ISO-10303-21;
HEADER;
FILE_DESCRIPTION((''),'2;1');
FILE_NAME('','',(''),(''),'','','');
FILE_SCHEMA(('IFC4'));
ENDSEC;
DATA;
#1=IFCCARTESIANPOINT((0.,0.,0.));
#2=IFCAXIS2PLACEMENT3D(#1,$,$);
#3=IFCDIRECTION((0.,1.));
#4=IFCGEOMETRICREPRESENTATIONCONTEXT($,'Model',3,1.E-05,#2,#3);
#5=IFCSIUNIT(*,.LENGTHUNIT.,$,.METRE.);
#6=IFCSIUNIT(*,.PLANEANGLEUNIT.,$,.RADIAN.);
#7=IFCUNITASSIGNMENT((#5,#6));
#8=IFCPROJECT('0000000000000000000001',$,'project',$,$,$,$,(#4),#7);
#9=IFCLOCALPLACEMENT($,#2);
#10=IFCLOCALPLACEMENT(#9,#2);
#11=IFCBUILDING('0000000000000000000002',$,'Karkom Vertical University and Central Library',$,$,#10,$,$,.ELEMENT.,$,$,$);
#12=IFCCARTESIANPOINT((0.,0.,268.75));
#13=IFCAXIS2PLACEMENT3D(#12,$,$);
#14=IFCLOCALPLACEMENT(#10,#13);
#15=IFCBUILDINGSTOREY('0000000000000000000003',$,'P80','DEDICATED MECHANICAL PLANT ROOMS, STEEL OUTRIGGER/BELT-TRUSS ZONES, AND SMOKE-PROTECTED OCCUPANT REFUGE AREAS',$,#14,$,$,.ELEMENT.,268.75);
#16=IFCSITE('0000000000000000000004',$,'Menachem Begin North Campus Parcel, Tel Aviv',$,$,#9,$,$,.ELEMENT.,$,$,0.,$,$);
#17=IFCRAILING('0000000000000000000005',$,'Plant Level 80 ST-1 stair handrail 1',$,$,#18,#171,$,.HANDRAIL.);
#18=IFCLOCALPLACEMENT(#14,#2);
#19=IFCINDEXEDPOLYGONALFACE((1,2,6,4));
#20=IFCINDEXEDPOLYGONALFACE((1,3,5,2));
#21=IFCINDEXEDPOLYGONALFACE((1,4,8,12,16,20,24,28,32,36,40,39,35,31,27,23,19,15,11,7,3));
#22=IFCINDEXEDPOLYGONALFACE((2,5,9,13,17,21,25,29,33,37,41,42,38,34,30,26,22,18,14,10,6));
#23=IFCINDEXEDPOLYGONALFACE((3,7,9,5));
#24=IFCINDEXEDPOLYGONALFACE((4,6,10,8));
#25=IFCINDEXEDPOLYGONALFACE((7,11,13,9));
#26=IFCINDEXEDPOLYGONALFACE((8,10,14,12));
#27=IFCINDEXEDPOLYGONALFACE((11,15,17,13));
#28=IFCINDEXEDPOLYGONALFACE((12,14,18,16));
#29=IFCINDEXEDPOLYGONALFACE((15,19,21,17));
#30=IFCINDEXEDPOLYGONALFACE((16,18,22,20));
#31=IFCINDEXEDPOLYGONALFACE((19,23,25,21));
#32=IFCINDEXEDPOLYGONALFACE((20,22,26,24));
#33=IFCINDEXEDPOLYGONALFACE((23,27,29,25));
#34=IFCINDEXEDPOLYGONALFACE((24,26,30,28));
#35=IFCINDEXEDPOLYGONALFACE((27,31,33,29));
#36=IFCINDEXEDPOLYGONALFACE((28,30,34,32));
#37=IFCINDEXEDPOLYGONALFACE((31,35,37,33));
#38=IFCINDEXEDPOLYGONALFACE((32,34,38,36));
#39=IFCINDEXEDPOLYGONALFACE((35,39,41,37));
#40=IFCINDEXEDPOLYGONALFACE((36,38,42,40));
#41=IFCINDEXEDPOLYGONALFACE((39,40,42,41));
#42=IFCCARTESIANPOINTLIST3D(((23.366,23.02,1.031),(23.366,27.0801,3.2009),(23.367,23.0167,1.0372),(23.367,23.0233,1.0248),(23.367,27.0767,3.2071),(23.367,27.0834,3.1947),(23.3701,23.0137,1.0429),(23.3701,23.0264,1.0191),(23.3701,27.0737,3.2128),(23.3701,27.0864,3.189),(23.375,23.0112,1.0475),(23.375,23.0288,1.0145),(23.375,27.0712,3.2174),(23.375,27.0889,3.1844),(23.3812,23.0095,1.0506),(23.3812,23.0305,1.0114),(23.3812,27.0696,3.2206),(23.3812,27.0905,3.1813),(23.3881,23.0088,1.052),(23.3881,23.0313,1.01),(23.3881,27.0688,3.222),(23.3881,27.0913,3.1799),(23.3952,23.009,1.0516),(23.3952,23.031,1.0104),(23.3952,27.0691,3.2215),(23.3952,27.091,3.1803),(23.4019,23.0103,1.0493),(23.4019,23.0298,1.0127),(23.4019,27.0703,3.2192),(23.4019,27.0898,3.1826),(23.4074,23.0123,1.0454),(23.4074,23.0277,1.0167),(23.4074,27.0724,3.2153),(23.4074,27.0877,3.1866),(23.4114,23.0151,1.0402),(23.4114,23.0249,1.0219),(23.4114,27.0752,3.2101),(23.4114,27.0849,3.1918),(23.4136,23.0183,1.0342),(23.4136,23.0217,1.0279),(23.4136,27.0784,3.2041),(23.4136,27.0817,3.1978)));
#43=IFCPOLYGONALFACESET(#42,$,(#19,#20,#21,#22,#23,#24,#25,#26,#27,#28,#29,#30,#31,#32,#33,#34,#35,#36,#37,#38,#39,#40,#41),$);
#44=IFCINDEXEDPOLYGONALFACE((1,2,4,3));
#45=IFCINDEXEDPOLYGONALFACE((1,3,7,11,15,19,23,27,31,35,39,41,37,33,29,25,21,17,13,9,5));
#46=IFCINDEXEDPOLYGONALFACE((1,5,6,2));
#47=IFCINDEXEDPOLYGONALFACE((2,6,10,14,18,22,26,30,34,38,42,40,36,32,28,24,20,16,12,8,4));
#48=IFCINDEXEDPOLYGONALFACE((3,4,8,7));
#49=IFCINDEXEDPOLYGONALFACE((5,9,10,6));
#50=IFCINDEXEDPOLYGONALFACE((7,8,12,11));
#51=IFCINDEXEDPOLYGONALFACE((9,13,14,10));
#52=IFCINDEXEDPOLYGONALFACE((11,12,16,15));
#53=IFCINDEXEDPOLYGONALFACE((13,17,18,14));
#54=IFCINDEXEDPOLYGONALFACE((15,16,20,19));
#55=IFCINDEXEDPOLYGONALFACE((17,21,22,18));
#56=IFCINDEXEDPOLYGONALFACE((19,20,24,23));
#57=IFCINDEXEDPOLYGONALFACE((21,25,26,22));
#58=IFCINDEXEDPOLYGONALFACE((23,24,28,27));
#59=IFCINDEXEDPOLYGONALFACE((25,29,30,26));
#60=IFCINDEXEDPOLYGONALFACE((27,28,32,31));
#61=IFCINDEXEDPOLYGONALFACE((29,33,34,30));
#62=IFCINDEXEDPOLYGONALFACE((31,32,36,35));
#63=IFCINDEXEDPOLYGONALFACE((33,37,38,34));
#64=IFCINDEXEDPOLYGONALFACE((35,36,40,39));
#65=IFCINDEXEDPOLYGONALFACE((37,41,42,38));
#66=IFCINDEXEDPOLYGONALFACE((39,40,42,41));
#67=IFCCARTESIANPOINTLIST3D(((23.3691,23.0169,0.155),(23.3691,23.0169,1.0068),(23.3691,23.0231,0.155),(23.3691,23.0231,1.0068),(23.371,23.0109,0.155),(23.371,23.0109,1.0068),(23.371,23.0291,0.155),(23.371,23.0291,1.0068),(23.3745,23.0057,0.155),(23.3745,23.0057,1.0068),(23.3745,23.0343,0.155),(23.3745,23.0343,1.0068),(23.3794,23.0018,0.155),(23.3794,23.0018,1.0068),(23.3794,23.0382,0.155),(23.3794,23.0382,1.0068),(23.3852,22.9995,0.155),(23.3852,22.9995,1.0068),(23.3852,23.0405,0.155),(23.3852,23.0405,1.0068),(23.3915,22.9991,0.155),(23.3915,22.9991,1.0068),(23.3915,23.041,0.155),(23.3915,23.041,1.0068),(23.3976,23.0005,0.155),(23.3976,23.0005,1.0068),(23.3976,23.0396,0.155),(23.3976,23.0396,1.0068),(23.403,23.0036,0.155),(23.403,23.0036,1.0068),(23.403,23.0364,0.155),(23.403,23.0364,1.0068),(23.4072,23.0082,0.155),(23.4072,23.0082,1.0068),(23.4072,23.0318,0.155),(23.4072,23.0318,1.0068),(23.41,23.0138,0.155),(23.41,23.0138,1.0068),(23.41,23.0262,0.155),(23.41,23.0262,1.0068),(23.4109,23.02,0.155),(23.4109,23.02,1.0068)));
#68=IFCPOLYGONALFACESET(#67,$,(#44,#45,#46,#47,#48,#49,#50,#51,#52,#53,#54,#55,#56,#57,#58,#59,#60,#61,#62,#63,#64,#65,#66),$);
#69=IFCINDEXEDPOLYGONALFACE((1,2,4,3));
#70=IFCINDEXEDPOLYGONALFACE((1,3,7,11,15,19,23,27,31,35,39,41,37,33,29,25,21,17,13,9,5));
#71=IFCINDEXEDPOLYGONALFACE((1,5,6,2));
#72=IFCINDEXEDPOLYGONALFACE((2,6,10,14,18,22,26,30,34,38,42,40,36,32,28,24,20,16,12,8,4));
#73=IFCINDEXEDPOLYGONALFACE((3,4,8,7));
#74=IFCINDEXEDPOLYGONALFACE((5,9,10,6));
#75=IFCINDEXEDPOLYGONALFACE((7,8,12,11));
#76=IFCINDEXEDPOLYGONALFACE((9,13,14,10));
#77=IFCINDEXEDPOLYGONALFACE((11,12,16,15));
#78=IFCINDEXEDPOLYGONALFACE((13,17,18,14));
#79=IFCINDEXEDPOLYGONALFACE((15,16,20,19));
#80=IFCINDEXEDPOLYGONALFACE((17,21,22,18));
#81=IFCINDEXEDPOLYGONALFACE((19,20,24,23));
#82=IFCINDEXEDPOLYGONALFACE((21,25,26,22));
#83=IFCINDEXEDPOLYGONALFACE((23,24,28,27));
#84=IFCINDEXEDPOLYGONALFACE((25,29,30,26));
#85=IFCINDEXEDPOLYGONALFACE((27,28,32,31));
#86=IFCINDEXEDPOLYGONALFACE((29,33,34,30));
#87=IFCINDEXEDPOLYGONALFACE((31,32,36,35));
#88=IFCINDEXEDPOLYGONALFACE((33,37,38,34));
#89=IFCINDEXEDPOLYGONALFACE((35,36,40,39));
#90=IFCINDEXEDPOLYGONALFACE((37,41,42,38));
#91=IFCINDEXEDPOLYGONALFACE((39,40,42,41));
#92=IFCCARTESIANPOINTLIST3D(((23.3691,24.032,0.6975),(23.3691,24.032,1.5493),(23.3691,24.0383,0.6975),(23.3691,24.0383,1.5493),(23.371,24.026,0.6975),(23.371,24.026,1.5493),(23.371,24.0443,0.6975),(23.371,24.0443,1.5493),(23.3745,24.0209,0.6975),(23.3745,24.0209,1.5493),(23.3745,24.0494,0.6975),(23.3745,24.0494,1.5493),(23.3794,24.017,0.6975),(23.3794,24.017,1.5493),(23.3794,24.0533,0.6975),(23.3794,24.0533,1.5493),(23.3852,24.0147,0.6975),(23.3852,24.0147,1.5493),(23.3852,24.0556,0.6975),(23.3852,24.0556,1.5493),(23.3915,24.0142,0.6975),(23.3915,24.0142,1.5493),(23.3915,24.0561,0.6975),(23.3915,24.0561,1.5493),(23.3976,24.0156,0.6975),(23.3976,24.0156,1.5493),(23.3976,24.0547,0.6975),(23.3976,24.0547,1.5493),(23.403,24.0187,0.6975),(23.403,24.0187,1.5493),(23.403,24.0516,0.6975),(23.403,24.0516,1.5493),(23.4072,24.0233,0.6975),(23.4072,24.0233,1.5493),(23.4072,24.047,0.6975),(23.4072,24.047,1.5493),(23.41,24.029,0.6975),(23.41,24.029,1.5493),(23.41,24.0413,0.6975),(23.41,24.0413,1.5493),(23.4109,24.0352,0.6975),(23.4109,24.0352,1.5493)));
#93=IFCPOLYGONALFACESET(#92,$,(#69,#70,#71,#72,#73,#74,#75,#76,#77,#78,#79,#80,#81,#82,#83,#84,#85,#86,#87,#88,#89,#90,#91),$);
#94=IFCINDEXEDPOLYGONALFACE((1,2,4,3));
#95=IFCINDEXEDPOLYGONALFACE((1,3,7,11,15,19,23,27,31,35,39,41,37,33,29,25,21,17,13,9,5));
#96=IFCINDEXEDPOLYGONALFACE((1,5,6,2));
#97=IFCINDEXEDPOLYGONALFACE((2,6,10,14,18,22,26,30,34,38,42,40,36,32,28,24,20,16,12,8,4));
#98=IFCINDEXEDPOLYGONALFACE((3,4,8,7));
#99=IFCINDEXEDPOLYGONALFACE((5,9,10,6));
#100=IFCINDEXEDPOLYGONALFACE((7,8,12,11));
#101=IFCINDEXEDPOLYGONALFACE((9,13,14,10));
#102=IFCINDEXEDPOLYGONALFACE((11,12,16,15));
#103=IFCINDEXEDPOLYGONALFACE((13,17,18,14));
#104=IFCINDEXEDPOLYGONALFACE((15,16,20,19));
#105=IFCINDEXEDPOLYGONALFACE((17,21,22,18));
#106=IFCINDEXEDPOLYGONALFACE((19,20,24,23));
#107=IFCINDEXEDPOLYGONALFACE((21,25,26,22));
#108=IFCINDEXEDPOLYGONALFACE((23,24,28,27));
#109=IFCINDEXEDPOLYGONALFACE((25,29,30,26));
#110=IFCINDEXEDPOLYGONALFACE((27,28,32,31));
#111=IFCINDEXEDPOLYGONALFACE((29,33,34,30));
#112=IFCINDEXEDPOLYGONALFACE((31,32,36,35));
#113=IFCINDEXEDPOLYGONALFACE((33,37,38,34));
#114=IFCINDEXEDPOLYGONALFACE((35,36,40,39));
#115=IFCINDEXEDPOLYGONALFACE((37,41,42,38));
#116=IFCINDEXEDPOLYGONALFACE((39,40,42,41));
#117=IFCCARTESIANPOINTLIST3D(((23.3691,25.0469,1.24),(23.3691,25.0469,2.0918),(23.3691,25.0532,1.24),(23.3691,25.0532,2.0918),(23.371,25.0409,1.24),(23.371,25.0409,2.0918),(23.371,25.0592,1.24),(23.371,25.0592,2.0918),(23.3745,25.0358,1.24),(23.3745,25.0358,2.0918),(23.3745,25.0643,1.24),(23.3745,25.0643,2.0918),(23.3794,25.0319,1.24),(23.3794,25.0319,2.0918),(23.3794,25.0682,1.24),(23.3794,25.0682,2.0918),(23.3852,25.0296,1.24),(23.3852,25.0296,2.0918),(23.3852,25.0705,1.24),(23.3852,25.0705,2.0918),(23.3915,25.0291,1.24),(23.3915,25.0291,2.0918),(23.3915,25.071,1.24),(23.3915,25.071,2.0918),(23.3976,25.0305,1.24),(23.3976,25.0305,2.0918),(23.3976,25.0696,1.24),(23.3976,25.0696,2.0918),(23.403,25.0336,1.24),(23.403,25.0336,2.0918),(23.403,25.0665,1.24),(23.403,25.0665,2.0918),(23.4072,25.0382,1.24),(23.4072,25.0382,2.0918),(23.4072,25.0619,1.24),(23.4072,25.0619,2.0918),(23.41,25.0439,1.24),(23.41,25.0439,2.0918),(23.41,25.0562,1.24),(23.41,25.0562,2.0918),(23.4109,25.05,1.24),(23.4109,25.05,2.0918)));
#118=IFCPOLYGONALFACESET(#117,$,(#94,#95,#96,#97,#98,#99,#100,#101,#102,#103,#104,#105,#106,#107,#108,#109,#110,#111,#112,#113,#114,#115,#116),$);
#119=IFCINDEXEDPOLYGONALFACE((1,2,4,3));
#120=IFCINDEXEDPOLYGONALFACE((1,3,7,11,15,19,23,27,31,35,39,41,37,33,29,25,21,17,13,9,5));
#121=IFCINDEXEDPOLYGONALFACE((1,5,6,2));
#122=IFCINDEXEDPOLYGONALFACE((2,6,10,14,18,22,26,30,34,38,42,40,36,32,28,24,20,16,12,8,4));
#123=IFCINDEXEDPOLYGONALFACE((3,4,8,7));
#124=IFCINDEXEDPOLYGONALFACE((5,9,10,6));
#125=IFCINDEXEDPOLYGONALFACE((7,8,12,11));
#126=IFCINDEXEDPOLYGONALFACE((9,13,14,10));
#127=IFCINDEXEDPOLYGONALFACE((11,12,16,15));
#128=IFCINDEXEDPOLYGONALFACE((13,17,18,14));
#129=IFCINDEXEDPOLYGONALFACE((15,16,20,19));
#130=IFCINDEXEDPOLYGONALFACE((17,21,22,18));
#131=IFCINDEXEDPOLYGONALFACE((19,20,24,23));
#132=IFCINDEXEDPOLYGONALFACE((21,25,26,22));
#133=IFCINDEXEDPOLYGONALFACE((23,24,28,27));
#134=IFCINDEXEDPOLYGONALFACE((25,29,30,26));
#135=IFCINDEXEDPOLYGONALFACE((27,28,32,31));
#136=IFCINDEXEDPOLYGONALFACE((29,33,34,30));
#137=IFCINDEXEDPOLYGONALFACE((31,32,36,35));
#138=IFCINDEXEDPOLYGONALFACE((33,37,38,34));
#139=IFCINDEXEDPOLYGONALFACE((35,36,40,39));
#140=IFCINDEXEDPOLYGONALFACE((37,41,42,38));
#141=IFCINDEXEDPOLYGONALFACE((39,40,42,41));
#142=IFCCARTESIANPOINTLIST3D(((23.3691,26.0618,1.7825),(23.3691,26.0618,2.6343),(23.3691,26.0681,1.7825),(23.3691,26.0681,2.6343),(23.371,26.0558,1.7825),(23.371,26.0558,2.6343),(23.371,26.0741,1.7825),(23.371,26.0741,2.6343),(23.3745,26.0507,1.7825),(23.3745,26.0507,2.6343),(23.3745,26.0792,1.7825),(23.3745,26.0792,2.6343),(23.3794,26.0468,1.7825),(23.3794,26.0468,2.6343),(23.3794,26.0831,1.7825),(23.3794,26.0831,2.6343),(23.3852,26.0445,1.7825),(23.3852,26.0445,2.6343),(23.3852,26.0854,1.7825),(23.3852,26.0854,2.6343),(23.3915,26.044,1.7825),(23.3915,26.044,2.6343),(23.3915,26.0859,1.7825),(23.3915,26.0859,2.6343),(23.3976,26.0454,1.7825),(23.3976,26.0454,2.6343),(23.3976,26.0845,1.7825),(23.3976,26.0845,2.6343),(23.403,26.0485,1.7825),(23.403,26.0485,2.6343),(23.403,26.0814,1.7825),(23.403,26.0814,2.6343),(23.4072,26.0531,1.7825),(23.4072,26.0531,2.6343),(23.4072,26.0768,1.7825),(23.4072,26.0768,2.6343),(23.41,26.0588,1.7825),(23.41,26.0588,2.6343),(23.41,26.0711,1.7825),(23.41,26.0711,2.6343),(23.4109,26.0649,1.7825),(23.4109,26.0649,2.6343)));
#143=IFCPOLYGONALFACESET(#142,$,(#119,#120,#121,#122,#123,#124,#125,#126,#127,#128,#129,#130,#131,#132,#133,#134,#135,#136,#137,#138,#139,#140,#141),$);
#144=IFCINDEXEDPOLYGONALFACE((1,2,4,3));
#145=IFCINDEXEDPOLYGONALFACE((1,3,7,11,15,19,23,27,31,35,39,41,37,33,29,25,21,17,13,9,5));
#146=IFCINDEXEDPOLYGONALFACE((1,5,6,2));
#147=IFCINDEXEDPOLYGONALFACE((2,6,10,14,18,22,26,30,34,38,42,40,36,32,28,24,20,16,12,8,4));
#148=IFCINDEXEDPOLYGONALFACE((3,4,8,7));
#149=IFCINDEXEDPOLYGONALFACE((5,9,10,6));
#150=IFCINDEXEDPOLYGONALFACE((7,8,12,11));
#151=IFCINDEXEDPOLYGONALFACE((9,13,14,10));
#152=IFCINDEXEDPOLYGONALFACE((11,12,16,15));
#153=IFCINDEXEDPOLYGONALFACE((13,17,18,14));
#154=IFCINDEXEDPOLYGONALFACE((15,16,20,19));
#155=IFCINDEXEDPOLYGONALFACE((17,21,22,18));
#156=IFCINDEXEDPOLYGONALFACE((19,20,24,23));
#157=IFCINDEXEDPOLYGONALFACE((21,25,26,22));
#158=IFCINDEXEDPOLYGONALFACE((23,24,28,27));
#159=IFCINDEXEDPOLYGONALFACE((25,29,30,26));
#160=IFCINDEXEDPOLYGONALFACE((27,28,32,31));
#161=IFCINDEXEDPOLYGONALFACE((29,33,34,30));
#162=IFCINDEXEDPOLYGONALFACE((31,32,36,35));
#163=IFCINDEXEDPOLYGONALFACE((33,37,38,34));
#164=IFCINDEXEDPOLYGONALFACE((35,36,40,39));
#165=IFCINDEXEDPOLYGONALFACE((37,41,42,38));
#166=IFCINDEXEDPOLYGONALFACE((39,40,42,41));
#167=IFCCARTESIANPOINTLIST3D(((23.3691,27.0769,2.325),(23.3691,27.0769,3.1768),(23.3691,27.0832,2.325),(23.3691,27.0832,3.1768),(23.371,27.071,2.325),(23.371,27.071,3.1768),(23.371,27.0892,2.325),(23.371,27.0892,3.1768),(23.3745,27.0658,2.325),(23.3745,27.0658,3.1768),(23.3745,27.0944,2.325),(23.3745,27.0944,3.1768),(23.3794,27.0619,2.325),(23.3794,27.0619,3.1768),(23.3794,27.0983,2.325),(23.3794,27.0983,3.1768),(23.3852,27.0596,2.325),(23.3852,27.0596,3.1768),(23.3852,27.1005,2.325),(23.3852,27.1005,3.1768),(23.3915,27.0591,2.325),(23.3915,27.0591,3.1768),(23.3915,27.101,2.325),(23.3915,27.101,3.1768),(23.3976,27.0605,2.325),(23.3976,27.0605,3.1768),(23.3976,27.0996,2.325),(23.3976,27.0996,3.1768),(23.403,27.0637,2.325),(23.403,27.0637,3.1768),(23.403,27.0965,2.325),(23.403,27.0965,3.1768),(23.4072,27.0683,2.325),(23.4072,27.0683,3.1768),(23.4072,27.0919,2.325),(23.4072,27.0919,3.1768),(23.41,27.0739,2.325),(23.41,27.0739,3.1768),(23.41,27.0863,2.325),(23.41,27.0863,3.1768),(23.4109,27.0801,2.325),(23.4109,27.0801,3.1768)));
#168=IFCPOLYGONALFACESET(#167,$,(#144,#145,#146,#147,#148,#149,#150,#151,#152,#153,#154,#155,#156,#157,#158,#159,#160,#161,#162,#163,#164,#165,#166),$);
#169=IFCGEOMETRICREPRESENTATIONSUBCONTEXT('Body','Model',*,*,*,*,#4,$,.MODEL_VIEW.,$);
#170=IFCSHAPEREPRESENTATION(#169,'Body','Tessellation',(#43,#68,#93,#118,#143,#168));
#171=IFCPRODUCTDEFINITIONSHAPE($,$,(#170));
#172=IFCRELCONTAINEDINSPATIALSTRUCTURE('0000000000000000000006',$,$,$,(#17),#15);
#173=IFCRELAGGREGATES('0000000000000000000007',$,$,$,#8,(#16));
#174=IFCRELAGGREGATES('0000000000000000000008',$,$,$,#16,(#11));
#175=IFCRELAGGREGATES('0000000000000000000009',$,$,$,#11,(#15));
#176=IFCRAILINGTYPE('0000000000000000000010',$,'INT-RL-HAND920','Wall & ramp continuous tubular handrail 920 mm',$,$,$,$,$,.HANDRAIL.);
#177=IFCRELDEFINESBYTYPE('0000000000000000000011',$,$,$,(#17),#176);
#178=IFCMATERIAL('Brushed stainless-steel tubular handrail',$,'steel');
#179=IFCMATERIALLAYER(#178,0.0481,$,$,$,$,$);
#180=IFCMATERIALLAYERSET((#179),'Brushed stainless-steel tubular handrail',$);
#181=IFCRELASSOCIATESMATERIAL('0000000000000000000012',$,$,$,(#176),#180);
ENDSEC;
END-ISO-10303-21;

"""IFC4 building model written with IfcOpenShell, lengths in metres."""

from ifc_helpers import new_model, si_unit, direction, frame, origin, origin_2d, place, context, subcontext, project, spatial, circle, extrude, material, layer, layer_set, type_object, element, save


model = new_model("IFC4")

# Units and contexts
model_context = context("Model", 3, precision=1e-05, world=origin(), true_north=direction((0.0, 1.0)))
body_context = subcontext(model_context, "Body", "Model", "MODEL_VIEW")
ifc_project = project(units=[si_unit("LENGTHUNIT", "METRE"), si_unit("PLANEANGLEUNIT", "RADIAN")], contexts=[model_context])

# Site, building, storey
site_placement = place(None, origin())
site = spatial("IfcSite", under=ifc_project, at=site_placement, Name="Menachem Begin North Campus Parcel, Tel Aviv", CompositionType="ELEMENT", RefElevation=0.0)
building_placement = place(site_placement, origin())
building = spatial("IfcBuilding", under=site, at=building_placement, Name="Karkom Vertical University and Central Library", CompositionType="ELEMENT")
storey_placement = place(building_placement, frame((0.0, 0.0, 268.75)))
storey = spatial("IfcBuildingStorey", under=building, at=storey_placement, Name="P80", Description="DEDICATED MECHANICAL PLANT ROOMS, STEEL OUTRIGGER/BELT-TRUSS ZONES, AND SMOKE-PROTECTED OCCUPANT REFUGE AREAS", CompositionType="ELEMENT", Elevation=268.75)

# Railing
ifc_material_1 = material(Name="Brushed stainless-steel tubular handrail", Category="steel")
ifc_layer_1 = layer(ifc_material_1, 0.0481)
ifc_layer_set_1 = layer_set([ifc_layer_1], Name="Brushed stainless-steel tubular handrail")
railing_type_1 = type_object("IfcRailingType", Name="INT-RL-HAND920", Description="Wall & ramp continuous tubular handrail 920 mm", PredefinedType="HANDRAIL", material=ifc_layer_set_1)
railing_1_placement = place(storey_placement, frame((23.3899, 23.02, 0.155)))
element("IfcRailing", 1, at=railing_1_placement, inside=storey, type_object=railing_type_1, Name="Plant Level 80 ST-1 stair handrail 1", PredefinedType="HANDRAIL", context=body_context, shape_type="SweptSolid", body=[
    extrude(circle(Radius=0.0239, at=origin_2d()), frame((0.0, 0.0, 0.876), z_axis=(0.0, 0.881942, 0.471359), x_axis=(-1.0, 0.0, 0.0)), (0.0, 0.0, 1.0), 4.6035),
    extrude(circle(Radius=0.021, at=origin_2d()), origin(), (0.0, 0.0, 1.0), 0.8518),
    extrude(circle(Radius=0.021, at=origin_2d()), frame((0.0, 1.0151, 0.5425)), (0.0, 0.0, 1.0), 0.8518),
    extrude(circle(Radius=0.021, at=origin_2d()), frame((0.0, 2.03, 1.085)), (0.0, 0.0, 1.0), 0.8518),
    extrude(circle(Radius=0.021, at=origin_2d()), frame((0.0, 3.0449, 1.6274)), (0.0, 0.0, 1.0), 0.8518),
    extrude(circle(Radius=0.021, at=origin_2d()), frame((0.0, 4.0601, 2.1699)), (0.0, 0.0, 1.0), 0.8518),
])

save(model, "model.ifc")
